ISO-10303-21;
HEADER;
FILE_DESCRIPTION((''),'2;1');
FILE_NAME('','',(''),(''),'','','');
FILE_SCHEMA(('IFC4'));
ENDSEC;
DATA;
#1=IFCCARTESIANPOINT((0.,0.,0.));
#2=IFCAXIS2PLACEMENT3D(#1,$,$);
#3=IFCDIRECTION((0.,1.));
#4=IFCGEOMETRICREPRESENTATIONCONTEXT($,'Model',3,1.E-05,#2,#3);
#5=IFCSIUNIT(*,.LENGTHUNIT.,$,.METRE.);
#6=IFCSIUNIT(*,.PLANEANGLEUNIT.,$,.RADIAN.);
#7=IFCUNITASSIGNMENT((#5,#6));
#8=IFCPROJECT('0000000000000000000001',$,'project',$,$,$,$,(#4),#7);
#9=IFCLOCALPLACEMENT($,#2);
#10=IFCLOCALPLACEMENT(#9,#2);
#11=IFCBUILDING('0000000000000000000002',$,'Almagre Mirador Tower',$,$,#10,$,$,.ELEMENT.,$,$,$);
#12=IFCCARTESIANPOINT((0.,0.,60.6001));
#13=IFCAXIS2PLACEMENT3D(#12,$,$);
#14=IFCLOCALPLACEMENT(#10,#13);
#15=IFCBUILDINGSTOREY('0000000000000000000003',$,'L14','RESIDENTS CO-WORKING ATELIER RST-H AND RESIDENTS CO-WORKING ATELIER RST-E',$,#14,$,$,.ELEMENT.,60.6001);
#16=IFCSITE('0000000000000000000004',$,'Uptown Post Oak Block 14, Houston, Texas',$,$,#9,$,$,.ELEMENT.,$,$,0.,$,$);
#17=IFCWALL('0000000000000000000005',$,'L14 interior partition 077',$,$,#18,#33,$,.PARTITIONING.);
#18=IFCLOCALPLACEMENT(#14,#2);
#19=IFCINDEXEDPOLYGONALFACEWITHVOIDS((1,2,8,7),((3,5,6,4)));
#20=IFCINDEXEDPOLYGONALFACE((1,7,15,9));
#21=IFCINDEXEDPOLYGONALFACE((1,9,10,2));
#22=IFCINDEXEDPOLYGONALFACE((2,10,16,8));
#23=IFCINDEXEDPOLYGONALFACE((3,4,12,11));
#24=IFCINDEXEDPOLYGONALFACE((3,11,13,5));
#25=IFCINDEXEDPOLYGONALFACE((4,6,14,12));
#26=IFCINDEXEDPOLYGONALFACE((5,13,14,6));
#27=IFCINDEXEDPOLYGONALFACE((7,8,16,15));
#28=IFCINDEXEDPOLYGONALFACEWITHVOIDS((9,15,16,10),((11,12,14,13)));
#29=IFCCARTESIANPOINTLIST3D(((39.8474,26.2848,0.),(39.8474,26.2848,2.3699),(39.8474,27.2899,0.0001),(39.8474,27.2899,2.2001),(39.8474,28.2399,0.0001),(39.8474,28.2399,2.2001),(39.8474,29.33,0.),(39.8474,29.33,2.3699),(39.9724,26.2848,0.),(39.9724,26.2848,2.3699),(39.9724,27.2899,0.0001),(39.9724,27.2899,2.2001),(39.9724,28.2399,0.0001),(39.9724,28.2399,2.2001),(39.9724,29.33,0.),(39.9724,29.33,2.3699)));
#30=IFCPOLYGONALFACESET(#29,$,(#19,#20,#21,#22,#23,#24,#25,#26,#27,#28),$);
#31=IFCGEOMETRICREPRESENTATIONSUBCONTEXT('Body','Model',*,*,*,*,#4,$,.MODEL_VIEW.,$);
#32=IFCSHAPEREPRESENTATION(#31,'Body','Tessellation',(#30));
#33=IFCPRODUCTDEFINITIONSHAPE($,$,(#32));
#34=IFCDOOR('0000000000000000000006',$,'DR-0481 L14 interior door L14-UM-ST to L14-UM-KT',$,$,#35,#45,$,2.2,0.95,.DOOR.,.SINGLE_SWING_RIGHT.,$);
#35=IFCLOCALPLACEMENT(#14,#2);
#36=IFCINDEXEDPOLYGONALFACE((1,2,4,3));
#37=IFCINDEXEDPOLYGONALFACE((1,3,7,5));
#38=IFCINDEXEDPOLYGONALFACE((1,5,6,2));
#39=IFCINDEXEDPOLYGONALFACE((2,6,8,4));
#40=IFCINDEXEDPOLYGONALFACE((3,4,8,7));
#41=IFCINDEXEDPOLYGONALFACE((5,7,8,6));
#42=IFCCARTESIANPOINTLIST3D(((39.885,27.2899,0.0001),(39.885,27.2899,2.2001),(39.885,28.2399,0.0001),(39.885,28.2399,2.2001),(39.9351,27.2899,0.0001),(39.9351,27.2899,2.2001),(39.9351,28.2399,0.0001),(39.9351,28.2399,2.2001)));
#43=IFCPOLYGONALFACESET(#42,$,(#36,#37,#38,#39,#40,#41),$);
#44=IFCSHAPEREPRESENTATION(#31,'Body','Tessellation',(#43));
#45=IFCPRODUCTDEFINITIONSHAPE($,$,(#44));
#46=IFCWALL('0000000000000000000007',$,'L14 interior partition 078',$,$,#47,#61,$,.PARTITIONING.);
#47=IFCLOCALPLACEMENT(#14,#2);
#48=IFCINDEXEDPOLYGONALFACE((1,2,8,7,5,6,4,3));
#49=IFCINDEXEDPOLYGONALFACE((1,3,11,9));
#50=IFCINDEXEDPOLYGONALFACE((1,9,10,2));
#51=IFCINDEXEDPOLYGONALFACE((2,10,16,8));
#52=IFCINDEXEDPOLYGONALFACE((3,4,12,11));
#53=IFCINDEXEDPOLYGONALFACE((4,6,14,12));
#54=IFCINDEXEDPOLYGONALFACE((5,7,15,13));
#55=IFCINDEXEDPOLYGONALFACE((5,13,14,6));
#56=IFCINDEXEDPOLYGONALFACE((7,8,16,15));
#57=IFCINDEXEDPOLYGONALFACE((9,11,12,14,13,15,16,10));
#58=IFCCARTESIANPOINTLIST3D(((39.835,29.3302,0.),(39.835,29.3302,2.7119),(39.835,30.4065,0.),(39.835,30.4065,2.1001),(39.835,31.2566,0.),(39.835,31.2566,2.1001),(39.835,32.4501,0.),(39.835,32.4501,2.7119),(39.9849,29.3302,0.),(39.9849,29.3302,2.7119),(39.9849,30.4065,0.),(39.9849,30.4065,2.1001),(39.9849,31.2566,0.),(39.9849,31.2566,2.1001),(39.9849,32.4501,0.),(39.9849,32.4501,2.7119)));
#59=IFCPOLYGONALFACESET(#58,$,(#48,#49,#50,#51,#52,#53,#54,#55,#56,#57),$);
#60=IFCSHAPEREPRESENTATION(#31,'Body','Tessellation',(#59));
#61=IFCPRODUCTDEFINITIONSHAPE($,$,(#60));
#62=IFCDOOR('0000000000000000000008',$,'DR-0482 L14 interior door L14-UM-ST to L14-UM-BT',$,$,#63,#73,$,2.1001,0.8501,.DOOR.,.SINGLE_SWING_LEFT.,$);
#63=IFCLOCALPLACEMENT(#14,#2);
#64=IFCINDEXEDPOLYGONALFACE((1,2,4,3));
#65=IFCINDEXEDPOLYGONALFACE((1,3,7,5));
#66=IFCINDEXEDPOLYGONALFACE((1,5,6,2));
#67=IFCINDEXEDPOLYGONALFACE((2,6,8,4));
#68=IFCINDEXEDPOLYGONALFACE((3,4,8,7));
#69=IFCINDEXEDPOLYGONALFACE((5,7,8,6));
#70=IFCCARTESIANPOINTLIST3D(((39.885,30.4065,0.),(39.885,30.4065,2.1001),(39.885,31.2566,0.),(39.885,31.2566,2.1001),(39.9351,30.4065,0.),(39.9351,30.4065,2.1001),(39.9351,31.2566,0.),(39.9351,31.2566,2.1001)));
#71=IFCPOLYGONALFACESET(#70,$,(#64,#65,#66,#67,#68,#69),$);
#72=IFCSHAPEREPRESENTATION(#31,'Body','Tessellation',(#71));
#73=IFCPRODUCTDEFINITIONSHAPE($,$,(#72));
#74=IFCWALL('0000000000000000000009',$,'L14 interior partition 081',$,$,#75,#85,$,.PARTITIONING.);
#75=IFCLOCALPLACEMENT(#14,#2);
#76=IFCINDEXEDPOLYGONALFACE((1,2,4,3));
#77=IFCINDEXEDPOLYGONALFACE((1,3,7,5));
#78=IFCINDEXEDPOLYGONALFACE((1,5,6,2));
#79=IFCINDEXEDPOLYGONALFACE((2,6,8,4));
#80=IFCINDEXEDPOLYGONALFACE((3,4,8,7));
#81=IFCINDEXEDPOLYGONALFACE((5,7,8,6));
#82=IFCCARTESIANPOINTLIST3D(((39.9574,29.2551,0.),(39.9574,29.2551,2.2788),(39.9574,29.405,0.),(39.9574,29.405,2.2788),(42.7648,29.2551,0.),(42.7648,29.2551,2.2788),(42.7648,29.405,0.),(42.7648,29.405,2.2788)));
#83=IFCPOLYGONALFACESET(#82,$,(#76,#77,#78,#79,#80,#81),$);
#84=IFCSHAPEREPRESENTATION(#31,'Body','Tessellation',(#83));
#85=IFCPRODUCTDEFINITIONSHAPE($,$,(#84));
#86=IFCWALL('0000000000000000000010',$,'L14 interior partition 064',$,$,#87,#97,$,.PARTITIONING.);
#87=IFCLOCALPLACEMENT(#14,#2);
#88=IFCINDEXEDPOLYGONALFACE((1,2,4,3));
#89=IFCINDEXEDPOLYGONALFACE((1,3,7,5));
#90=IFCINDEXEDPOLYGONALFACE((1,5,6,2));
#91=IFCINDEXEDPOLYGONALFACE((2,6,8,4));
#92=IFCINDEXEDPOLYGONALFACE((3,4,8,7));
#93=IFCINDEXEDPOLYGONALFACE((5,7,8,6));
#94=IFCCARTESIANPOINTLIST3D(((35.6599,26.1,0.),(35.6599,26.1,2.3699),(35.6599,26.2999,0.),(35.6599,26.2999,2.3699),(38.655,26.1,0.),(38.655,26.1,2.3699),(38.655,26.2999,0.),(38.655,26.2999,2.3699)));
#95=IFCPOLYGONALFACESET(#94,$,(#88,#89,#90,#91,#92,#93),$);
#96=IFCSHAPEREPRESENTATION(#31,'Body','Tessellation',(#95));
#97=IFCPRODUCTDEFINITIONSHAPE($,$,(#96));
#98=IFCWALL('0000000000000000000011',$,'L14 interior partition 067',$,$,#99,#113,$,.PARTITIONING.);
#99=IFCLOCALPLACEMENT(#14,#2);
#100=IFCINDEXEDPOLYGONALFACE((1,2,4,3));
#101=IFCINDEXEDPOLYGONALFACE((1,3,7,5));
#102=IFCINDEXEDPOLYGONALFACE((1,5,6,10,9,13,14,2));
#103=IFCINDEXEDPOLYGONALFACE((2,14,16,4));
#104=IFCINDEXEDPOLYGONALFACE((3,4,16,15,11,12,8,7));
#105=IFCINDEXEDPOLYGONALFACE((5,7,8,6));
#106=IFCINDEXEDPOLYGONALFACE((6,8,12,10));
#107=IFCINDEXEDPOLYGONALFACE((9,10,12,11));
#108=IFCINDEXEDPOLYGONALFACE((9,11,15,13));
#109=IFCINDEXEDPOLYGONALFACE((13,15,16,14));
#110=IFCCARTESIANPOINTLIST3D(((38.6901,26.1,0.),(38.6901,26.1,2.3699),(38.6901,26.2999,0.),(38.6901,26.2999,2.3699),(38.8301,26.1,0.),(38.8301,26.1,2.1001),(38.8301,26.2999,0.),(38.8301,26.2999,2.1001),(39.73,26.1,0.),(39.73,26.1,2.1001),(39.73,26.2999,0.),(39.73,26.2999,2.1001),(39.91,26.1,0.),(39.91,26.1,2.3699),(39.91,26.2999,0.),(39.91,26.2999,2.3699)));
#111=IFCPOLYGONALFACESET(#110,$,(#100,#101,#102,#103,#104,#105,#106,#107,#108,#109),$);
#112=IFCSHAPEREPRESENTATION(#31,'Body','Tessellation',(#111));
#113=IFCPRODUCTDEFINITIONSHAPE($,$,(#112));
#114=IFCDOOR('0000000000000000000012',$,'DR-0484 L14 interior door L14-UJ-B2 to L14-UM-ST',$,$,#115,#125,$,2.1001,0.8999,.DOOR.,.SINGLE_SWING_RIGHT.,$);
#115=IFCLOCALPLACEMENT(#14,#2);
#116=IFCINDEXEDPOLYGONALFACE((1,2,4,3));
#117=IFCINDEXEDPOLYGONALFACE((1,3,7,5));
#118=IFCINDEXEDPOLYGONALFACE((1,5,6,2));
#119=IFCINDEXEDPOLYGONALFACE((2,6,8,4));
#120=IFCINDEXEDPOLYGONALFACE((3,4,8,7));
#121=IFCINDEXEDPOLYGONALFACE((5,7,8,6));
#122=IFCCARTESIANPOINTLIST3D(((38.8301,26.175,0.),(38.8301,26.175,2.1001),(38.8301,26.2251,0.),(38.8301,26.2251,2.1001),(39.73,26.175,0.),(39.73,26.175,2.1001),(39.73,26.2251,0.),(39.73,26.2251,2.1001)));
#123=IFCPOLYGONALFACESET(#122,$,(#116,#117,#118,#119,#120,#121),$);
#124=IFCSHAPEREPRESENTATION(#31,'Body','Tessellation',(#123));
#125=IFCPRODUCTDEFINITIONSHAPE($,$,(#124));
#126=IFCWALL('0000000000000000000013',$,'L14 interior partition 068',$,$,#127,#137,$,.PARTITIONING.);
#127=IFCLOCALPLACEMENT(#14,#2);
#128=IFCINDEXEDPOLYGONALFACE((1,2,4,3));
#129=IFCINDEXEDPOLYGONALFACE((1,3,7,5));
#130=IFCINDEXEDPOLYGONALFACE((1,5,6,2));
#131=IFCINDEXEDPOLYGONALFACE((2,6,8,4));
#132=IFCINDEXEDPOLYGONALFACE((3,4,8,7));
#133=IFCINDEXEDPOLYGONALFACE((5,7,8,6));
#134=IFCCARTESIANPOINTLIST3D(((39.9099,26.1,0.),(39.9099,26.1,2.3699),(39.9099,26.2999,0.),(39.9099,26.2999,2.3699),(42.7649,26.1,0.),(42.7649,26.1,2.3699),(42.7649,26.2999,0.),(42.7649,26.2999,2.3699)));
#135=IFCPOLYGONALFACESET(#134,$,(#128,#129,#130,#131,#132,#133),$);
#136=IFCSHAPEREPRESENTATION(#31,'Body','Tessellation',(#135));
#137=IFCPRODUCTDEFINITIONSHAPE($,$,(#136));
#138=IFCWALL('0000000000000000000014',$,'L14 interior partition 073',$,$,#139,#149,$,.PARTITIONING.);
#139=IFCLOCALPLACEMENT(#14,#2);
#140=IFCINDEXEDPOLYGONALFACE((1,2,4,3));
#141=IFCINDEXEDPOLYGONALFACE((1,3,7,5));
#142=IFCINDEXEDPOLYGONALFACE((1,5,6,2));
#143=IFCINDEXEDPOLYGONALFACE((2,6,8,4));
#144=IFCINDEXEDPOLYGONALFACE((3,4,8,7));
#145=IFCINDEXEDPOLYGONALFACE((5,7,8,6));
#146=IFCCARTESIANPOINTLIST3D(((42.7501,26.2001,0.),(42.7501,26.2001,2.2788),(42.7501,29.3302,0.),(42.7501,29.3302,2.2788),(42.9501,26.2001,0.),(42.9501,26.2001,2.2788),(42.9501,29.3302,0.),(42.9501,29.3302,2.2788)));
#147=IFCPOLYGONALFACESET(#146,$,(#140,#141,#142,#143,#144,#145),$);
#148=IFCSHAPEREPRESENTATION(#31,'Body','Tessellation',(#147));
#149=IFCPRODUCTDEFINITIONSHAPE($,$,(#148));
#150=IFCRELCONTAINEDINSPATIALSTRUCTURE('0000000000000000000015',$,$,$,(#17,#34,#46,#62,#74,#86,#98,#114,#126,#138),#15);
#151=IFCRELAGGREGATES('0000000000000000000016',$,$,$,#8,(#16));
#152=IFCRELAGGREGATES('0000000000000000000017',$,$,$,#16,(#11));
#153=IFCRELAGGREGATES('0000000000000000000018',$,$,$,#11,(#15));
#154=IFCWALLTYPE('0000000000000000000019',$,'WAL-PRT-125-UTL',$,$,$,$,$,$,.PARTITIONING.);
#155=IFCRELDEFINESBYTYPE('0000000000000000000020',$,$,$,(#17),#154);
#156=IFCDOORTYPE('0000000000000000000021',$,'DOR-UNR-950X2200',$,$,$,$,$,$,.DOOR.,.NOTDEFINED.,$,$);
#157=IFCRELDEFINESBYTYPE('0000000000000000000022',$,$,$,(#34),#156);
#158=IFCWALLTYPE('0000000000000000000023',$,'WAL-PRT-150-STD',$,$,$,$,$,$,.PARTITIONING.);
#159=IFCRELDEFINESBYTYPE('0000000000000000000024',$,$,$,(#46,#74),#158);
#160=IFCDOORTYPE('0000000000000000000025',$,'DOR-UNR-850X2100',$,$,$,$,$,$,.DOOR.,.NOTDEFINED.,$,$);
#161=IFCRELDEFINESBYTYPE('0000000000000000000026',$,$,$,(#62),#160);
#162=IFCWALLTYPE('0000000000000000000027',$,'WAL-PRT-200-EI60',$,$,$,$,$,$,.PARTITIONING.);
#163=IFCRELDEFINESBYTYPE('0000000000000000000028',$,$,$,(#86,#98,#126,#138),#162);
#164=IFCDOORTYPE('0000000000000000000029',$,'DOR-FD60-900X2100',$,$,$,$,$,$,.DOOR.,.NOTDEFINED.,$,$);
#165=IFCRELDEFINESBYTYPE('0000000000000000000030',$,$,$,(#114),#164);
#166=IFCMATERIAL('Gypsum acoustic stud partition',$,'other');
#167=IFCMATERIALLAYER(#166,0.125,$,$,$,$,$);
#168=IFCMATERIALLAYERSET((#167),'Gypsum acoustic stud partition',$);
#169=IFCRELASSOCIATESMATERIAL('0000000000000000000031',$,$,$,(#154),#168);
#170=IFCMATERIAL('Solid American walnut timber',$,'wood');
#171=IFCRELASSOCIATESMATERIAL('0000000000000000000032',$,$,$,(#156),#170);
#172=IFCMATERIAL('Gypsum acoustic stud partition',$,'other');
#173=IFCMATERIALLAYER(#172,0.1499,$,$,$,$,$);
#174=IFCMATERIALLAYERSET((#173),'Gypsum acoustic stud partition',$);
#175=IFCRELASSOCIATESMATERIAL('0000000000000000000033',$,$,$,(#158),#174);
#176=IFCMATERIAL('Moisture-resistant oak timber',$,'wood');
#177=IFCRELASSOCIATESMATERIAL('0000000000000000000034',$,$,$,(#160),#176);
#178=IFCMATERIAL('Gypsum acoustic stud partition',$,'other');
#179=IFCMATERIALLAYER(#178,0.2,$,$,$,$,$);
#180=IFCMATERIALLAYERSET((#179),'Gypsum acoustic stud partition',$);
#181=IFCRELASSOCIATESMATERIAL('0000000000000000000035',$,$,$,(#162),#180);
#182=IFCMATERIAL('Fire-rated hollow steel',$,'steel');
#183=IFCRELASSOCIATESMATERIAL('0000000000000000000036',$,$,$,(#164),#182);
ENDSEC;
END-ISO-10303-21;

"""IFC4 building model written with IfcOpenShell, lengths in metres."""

from ifc_helpers import new_model, si_unit, direction, frame, frame_2d, origin, place, context, subcontext, project, spatial, rectangle, extrude, material, layer, layer_set, type_object, element, fill, save


model = new_model("IFC4")

# Units and contexts
model_context = context("Model", 3, precision=1e-05, world=origin(), true_north=direction((0.0, 1.0)))
body_context = subcontext(model_context, "Body", "Model", "MODEL_VIEW")
ifc_project = project(units=[si_unit("LENGTHUNIT", "METRE"), si_unit("PLANEANGLEUNIT", "RADIAN")], contexts=[model_context])

# Site, building, storey
site_placement = place(None, origin())
site = spatial("IfcSite", under=ifc_project, at=site_placement, Name="Uptown Post Oak Block 14, Houston, Texas", CompositionType="ELEMENT", RefElevation=0.0)
building_placement = place(site_placement, origin())
building = spatial("IfcBuilding", under=site, at=building_placement, Name="Almagre Mirador Tower", CompositionType="ELEMENT")
storey_placement = place(building_placement, frame((0.0, 0.0, 60.6001)))
storey = spatial("IfcBuildingStorey", under=building, at=storey_placement, Name="L14", Description="RESIDENTS CO-WORKING ATELIER RST-H AND RESIDENTS CO-WORKING ATELIER RST-E", CompositionType="ELEMENT", Elevation=60.6001)

# Walls, openings, doors
ifc_material_1 = material(Name="Gypsum acoustic stud partition", Category="other")
ifc_layer_1 = layer(ifc_material_1, 0.125)
ifc_layer_set_1 = layer_set([ifc_layer_1], Name="Gypsum acoustic stud partition")
wall_type_1 = type_object("IfcWallType", Name="WAL-PRT-125-UTL", PredefinedType="PARTITIONING", material=ifc_layer_set_1)
wall_1_placement = place(storey_placement, frame((39.9099, 26.2849, 0.0), z_axis=(0.0, 0.0, 1.0), x_axis=(0.0, 1.0, 0.0)))
wall_1 = element("IfcWall", 1, at=wall_1_placement, inside=storey, type_object=wall_type_1, Name="L14 interior partition 077", PredefinedType="PARTITIONING", context=body_context, shape_type="SweptSolid", body=[
    extrude(rectangle(XDim=3.0452, YDim=0.125, at=frame_2d((1.5225, 0.0))), origin(), (0.0, 0.0, 1.0), 2.3699),
])
opening_1_placement = place(wall_1_placement, frame((1.0049, 0.0, 0.0)))
opening_1 = element("IfcOpeningElement", 2, at=opening_1_placement, cuts=wall_1, PredefinedType="OPENING", context=body_context, shape_type="SweptSolid", body=[
    extrude(rectangle(XDim=0.95, YDim=2.2, at=frame_2d((0.4751, 1.1001))), frame((0.0, 0.0725, 0.0), z_axis=(0.0, -1.0, 0.0), x_axis=(1.0, 0.0, 0.0)), (0.0, 0.0, 1.0), 0.145),
])
ifc_material_2 = material(Name="Solid American walnut timber", Category="wood")
door_type_1 = type_object("IfcDoorType", Name="DOR-UNR-950X2200", OperationType="NOTDEFINED", PredefinedType="DOOR", material=ifc_material_2)
door_1_placement = place(opening_1_placement, origin())
door_1 = element("IfcDoor", 3, at=door_1_placement, inside=storey, type_object=door_type_1, Name="DR-0481 L14 interior door L14-UM-ST to L14-UM-KT", OperationType="SINGLE_SWING_RIGHT", OverallHeight=2.2, OverallWidth=0.95, PredefinedType="DOOR", context=body_context, shape_type="SweptSolid", body=[
    extrude(rectangle(XDim=0.95, YDim=2.2, at=frame_2d((0.4751, 1.1001))), frame((0.0, 0.0249, 0.0), z_axis=(0.0, -1.0, 0.0), x_axis=(1.0, 0.0, 0.0)), (0.0, 0.0, 1.0), 0.05),
])
fill(opening_1, door_1)
ifc_material_3 = material(Name="Gypsum acoustic stud partition", Category="other")
ifc_layer_2 = layer(ifc_material_3, 0.1499)
ifc_layer_set_2 = layer_set([ifc_layer_2], Name="Gypsum acoustic stud partition")
wall_type_2 = type_object("IfcWallType", Name="WAL-PRT-150-STD", PredefinedType="PARTITIONING", material=ifc_layer_set_2)
wall_2_placement = place(storey_placement, frame((39.9099, 29.3301, 0.0), z_axis=(0.0, 0.0, 1.0), x_axis=(0.0, 1.0, 0.0)))
wall_2 = element("IfcWall", 4, at=wall_2_placement, inside=storey, type_object=wall_type_2, Name="L14 interior partition 078", PredefinedType="PARTITIONING", context=body_context, shape_type="SweptSolid", body=[
    extrude(rectangle(XDim=3.1199, YDim=0.1499, at=frame_2d((1.5601, 0.0))), origin(), (0.0, 0.0, 1.0), 2.7119),
])
opening_2_placement = place(wall_2_placement, frame((1.0764, 0.0, 0.0)))
opening_2 = element("IfcOpeningElement", 5, at=opening_2_placement, cuts=wall_2, PredefinedType="OPENING", context=body_context, shape_type="SweptSolid", body=[
    extrude(rectangle(XDim=0.8501, YDim=2.1001, at=frame_2d((0.425, 1.05))), frame((0.0, 0.085, 0.0), z_axis=(0.0, -1.0, 0.0), x_axis=(1.0, 0.0, 0.0)), (0.0, 0.0, 1.0), 0.1699),
])
ifc_material_4 = material(Name="Moisture-resistant oak timber", Category="wood")
door_type_2 = type_object("IfcDoorType", Name="DOR-UNR-850X2100", OperationType="NOTDEFINED", PredefinedType="DOOR", material=ifc_material_4)
door_2_placement = place(opening_2_placement, origin())
door_2 = element("IfcDoor", 6, at=door_2_placement, inside=storey, type_object=door_type_2, Name="DR-0482 L14 interior door L14-UM-ST to L14-UM-BT", OperationType="SINGLE_SWING_LEFT", OverallHeight=2.1001, OverallWidth=0.8501, PredefinedType="DOOR", context=body_context, shape_type="SweptSolid", body=[
    extrude(rectangle(XDim=0.8501, YDim=2.1001, at=frame_2d((0.425, 1.05))), frame((0.0, 0.0249, 0.0), z_axis=(0.0, -1.0, 0.0), x_axis=(1.0, 0.0, 0.0)), (0.0, 0.0, 1.0), 0.05),
])
fill(opening_2, door_2)

# Walls
wall_3_placement = place(storey_placement, frame((42.7649, 29.3301, 0.0), z_axis=(0.0, 0.0, 1.0), x_axis=(-1.0, 0.0, 0.0)))
element("IfcWall", 7, at=wall_3_placement, inside=storey, type_object=wall_type_2, Name="L14 interior partition 081", PredefinedType="PARTITIONING", context=body_context, shape_type="SweptSolid", body=[
    extrude(rectangle(XDim=2.8074, YDim=0.1499, at=frame_2d((1.4038, 0.0))), origin(), (0.0, 0.0, 1.0), 2.2788),
])
ifc_material_5 = material(Name="Gypsum acoustic stud partition", Category="other")
ifc_layer_3 = layer(ifc_material_5, 0.2)
ifc_layer_set_3 = layer_set([ifc_layer_3], Name="Gypsum acoustic stud partition")
wall_type_3 = type_object("IfcWallType", Name="WAL-PRT-200-EI60", PredefinedType="PARTITIONING", material=ifc_layer_set_3)
wall_4_placement = place(storey_placement, frame((38.655, 26.2, 0.0), z_axis=(0.0, 0.0, 1.0), x_axis=(-1.0, 0.0, 0.0)))
element("IfcWall", 8, at=wall_4_placement, inside=storey, type_object=wall_type_3, Name="L14 interior partition 064", PredefinedType="PARTITIONING", context=body_context, shape_type="SweptSolid", body=[
    extrude(rectangle(XDim=2.9951, YDim=0.2, at=frame_2d((1.4976, 0.0))), origin(), (0.0, 0.0, 1.0), 2.3699),
])

# Wall, opening, door
wall_5_placement = place(storey_placement, frame((39.9099, 26.2, 0.0), z_axis=(0.0, 0.0, 1.0), x_axis=(-1.0, 0.0, 0.0)))
wall_5 = element("IfcWall", 9, at=wall_5_placement, inside=storey, type_object=wall_type_3, Name="L14 interior partition 067", PredefinedType="PARTITIONING", context=body_context, shape_type="SweptSolid", body=[
    extrude(rectangle(XDim=1.22, YDim=0.2, at=frame_2d((0.6099, 0.0))), origin(), (0.0, 0.0, 1.0), 2.3699),
])
opening_3_placement = place(wall_5_placement, frame((0.1799, 0.0, 0.0)))
opening_3 = element("IfcOpeningElement", 10, at=opening_3_placement, cuts=wall_5, PredefinedType="OPENING", context=body_context, shape_type="SweptSolid", body=[
    extrude(rectangle(XDim=0.8999, YDim=2.1001, at=frame_2d((0.45, 1.05))), frame((0.0, 0.1101, 0.0), z_axis=(0.0, -1.0, 0.0), x_axis=(1.0, 0.0, 0.0)), (0.0, 0.0, 1.0), 0.22),
])
ifc_material_6 = material(Name="Fire-rated hollow steel", Category="steel")
door_type_3 = type_object("IfcDoorType", Name="DOR-FD60-900X2100", OperationType="NOTDEFINED", PredefinedType="DOOR", material=ifc_material_6)
door_3_placement = place(opening_3_placement, origin())
door_3 = element("IfcDoor", 11, at=door_3_placement, inside=storey, type_object=door_type_3, Name="DR-0484 L14 interior door L14-UJ-B2 to L14-UM-ST", OperationType="SINGLE_SWING_RIGHT", OverallHeight=2.1001, OverallWidth=0.8999, PredefinedType="DOOR", context=body_context, shape_type="SweptSolid", body=[
    extrude(rectangle(XDim=0.8999, YDim=2.1001, at=frame_2d((0.45, 1.05))), frame((0.0, 0.0249, 0.0), z_axis=(0.0, -1.0, 0.0), x_axis=(1.0, 0.0, 0.0)), (0.0, 0.0, 1.0), 0.05),
])
fill(opening_3, door_3)

# Walls
wall_6_placement = place(storey_placement, frame((42.7649, 26.2, 0.0), z_axis=(0.0, 0.0, 1.0), x_axis=(-1.0, 0.0, 0.0)))
element("IfcWall", 12, at=wall_6_placement, inside=storey, type_object=wall_type_3, Name="L14 interior partition 068", PredefinedType="PARTITIONING", context=body_context, shape_type="SweptSolid", body=[
    extrude(rectangle(XDim=2.855, YDim=0.2, at=frame_2d((1.4275, 0.0))), origin(), (0.0, 0.0, 1.0), 2.3699),
])
wall_7_placement = place(storey_placement, frame((42.8501, 29.3301, 0.0), z_axis=(0.0, 0.0, 1.0), x_axis=(0.0, -1.0, 0.0)))
element("IfcWall", 13, at=wall_7_placement, inside=storey, type_object=wall_type_3, Name="L14 interior partition 073", PredefinedType="PARTITIONING", context=body_context, shape_type="SweptSolid", body=[
    extrude(rectangle(XDim=3.1301, YDim=0.2, at=frame_2d((1.5649, 0.0))), origin(), (0.0, 0.0, 1.0), 2.2788),
])

save(model, "model.ifc")
